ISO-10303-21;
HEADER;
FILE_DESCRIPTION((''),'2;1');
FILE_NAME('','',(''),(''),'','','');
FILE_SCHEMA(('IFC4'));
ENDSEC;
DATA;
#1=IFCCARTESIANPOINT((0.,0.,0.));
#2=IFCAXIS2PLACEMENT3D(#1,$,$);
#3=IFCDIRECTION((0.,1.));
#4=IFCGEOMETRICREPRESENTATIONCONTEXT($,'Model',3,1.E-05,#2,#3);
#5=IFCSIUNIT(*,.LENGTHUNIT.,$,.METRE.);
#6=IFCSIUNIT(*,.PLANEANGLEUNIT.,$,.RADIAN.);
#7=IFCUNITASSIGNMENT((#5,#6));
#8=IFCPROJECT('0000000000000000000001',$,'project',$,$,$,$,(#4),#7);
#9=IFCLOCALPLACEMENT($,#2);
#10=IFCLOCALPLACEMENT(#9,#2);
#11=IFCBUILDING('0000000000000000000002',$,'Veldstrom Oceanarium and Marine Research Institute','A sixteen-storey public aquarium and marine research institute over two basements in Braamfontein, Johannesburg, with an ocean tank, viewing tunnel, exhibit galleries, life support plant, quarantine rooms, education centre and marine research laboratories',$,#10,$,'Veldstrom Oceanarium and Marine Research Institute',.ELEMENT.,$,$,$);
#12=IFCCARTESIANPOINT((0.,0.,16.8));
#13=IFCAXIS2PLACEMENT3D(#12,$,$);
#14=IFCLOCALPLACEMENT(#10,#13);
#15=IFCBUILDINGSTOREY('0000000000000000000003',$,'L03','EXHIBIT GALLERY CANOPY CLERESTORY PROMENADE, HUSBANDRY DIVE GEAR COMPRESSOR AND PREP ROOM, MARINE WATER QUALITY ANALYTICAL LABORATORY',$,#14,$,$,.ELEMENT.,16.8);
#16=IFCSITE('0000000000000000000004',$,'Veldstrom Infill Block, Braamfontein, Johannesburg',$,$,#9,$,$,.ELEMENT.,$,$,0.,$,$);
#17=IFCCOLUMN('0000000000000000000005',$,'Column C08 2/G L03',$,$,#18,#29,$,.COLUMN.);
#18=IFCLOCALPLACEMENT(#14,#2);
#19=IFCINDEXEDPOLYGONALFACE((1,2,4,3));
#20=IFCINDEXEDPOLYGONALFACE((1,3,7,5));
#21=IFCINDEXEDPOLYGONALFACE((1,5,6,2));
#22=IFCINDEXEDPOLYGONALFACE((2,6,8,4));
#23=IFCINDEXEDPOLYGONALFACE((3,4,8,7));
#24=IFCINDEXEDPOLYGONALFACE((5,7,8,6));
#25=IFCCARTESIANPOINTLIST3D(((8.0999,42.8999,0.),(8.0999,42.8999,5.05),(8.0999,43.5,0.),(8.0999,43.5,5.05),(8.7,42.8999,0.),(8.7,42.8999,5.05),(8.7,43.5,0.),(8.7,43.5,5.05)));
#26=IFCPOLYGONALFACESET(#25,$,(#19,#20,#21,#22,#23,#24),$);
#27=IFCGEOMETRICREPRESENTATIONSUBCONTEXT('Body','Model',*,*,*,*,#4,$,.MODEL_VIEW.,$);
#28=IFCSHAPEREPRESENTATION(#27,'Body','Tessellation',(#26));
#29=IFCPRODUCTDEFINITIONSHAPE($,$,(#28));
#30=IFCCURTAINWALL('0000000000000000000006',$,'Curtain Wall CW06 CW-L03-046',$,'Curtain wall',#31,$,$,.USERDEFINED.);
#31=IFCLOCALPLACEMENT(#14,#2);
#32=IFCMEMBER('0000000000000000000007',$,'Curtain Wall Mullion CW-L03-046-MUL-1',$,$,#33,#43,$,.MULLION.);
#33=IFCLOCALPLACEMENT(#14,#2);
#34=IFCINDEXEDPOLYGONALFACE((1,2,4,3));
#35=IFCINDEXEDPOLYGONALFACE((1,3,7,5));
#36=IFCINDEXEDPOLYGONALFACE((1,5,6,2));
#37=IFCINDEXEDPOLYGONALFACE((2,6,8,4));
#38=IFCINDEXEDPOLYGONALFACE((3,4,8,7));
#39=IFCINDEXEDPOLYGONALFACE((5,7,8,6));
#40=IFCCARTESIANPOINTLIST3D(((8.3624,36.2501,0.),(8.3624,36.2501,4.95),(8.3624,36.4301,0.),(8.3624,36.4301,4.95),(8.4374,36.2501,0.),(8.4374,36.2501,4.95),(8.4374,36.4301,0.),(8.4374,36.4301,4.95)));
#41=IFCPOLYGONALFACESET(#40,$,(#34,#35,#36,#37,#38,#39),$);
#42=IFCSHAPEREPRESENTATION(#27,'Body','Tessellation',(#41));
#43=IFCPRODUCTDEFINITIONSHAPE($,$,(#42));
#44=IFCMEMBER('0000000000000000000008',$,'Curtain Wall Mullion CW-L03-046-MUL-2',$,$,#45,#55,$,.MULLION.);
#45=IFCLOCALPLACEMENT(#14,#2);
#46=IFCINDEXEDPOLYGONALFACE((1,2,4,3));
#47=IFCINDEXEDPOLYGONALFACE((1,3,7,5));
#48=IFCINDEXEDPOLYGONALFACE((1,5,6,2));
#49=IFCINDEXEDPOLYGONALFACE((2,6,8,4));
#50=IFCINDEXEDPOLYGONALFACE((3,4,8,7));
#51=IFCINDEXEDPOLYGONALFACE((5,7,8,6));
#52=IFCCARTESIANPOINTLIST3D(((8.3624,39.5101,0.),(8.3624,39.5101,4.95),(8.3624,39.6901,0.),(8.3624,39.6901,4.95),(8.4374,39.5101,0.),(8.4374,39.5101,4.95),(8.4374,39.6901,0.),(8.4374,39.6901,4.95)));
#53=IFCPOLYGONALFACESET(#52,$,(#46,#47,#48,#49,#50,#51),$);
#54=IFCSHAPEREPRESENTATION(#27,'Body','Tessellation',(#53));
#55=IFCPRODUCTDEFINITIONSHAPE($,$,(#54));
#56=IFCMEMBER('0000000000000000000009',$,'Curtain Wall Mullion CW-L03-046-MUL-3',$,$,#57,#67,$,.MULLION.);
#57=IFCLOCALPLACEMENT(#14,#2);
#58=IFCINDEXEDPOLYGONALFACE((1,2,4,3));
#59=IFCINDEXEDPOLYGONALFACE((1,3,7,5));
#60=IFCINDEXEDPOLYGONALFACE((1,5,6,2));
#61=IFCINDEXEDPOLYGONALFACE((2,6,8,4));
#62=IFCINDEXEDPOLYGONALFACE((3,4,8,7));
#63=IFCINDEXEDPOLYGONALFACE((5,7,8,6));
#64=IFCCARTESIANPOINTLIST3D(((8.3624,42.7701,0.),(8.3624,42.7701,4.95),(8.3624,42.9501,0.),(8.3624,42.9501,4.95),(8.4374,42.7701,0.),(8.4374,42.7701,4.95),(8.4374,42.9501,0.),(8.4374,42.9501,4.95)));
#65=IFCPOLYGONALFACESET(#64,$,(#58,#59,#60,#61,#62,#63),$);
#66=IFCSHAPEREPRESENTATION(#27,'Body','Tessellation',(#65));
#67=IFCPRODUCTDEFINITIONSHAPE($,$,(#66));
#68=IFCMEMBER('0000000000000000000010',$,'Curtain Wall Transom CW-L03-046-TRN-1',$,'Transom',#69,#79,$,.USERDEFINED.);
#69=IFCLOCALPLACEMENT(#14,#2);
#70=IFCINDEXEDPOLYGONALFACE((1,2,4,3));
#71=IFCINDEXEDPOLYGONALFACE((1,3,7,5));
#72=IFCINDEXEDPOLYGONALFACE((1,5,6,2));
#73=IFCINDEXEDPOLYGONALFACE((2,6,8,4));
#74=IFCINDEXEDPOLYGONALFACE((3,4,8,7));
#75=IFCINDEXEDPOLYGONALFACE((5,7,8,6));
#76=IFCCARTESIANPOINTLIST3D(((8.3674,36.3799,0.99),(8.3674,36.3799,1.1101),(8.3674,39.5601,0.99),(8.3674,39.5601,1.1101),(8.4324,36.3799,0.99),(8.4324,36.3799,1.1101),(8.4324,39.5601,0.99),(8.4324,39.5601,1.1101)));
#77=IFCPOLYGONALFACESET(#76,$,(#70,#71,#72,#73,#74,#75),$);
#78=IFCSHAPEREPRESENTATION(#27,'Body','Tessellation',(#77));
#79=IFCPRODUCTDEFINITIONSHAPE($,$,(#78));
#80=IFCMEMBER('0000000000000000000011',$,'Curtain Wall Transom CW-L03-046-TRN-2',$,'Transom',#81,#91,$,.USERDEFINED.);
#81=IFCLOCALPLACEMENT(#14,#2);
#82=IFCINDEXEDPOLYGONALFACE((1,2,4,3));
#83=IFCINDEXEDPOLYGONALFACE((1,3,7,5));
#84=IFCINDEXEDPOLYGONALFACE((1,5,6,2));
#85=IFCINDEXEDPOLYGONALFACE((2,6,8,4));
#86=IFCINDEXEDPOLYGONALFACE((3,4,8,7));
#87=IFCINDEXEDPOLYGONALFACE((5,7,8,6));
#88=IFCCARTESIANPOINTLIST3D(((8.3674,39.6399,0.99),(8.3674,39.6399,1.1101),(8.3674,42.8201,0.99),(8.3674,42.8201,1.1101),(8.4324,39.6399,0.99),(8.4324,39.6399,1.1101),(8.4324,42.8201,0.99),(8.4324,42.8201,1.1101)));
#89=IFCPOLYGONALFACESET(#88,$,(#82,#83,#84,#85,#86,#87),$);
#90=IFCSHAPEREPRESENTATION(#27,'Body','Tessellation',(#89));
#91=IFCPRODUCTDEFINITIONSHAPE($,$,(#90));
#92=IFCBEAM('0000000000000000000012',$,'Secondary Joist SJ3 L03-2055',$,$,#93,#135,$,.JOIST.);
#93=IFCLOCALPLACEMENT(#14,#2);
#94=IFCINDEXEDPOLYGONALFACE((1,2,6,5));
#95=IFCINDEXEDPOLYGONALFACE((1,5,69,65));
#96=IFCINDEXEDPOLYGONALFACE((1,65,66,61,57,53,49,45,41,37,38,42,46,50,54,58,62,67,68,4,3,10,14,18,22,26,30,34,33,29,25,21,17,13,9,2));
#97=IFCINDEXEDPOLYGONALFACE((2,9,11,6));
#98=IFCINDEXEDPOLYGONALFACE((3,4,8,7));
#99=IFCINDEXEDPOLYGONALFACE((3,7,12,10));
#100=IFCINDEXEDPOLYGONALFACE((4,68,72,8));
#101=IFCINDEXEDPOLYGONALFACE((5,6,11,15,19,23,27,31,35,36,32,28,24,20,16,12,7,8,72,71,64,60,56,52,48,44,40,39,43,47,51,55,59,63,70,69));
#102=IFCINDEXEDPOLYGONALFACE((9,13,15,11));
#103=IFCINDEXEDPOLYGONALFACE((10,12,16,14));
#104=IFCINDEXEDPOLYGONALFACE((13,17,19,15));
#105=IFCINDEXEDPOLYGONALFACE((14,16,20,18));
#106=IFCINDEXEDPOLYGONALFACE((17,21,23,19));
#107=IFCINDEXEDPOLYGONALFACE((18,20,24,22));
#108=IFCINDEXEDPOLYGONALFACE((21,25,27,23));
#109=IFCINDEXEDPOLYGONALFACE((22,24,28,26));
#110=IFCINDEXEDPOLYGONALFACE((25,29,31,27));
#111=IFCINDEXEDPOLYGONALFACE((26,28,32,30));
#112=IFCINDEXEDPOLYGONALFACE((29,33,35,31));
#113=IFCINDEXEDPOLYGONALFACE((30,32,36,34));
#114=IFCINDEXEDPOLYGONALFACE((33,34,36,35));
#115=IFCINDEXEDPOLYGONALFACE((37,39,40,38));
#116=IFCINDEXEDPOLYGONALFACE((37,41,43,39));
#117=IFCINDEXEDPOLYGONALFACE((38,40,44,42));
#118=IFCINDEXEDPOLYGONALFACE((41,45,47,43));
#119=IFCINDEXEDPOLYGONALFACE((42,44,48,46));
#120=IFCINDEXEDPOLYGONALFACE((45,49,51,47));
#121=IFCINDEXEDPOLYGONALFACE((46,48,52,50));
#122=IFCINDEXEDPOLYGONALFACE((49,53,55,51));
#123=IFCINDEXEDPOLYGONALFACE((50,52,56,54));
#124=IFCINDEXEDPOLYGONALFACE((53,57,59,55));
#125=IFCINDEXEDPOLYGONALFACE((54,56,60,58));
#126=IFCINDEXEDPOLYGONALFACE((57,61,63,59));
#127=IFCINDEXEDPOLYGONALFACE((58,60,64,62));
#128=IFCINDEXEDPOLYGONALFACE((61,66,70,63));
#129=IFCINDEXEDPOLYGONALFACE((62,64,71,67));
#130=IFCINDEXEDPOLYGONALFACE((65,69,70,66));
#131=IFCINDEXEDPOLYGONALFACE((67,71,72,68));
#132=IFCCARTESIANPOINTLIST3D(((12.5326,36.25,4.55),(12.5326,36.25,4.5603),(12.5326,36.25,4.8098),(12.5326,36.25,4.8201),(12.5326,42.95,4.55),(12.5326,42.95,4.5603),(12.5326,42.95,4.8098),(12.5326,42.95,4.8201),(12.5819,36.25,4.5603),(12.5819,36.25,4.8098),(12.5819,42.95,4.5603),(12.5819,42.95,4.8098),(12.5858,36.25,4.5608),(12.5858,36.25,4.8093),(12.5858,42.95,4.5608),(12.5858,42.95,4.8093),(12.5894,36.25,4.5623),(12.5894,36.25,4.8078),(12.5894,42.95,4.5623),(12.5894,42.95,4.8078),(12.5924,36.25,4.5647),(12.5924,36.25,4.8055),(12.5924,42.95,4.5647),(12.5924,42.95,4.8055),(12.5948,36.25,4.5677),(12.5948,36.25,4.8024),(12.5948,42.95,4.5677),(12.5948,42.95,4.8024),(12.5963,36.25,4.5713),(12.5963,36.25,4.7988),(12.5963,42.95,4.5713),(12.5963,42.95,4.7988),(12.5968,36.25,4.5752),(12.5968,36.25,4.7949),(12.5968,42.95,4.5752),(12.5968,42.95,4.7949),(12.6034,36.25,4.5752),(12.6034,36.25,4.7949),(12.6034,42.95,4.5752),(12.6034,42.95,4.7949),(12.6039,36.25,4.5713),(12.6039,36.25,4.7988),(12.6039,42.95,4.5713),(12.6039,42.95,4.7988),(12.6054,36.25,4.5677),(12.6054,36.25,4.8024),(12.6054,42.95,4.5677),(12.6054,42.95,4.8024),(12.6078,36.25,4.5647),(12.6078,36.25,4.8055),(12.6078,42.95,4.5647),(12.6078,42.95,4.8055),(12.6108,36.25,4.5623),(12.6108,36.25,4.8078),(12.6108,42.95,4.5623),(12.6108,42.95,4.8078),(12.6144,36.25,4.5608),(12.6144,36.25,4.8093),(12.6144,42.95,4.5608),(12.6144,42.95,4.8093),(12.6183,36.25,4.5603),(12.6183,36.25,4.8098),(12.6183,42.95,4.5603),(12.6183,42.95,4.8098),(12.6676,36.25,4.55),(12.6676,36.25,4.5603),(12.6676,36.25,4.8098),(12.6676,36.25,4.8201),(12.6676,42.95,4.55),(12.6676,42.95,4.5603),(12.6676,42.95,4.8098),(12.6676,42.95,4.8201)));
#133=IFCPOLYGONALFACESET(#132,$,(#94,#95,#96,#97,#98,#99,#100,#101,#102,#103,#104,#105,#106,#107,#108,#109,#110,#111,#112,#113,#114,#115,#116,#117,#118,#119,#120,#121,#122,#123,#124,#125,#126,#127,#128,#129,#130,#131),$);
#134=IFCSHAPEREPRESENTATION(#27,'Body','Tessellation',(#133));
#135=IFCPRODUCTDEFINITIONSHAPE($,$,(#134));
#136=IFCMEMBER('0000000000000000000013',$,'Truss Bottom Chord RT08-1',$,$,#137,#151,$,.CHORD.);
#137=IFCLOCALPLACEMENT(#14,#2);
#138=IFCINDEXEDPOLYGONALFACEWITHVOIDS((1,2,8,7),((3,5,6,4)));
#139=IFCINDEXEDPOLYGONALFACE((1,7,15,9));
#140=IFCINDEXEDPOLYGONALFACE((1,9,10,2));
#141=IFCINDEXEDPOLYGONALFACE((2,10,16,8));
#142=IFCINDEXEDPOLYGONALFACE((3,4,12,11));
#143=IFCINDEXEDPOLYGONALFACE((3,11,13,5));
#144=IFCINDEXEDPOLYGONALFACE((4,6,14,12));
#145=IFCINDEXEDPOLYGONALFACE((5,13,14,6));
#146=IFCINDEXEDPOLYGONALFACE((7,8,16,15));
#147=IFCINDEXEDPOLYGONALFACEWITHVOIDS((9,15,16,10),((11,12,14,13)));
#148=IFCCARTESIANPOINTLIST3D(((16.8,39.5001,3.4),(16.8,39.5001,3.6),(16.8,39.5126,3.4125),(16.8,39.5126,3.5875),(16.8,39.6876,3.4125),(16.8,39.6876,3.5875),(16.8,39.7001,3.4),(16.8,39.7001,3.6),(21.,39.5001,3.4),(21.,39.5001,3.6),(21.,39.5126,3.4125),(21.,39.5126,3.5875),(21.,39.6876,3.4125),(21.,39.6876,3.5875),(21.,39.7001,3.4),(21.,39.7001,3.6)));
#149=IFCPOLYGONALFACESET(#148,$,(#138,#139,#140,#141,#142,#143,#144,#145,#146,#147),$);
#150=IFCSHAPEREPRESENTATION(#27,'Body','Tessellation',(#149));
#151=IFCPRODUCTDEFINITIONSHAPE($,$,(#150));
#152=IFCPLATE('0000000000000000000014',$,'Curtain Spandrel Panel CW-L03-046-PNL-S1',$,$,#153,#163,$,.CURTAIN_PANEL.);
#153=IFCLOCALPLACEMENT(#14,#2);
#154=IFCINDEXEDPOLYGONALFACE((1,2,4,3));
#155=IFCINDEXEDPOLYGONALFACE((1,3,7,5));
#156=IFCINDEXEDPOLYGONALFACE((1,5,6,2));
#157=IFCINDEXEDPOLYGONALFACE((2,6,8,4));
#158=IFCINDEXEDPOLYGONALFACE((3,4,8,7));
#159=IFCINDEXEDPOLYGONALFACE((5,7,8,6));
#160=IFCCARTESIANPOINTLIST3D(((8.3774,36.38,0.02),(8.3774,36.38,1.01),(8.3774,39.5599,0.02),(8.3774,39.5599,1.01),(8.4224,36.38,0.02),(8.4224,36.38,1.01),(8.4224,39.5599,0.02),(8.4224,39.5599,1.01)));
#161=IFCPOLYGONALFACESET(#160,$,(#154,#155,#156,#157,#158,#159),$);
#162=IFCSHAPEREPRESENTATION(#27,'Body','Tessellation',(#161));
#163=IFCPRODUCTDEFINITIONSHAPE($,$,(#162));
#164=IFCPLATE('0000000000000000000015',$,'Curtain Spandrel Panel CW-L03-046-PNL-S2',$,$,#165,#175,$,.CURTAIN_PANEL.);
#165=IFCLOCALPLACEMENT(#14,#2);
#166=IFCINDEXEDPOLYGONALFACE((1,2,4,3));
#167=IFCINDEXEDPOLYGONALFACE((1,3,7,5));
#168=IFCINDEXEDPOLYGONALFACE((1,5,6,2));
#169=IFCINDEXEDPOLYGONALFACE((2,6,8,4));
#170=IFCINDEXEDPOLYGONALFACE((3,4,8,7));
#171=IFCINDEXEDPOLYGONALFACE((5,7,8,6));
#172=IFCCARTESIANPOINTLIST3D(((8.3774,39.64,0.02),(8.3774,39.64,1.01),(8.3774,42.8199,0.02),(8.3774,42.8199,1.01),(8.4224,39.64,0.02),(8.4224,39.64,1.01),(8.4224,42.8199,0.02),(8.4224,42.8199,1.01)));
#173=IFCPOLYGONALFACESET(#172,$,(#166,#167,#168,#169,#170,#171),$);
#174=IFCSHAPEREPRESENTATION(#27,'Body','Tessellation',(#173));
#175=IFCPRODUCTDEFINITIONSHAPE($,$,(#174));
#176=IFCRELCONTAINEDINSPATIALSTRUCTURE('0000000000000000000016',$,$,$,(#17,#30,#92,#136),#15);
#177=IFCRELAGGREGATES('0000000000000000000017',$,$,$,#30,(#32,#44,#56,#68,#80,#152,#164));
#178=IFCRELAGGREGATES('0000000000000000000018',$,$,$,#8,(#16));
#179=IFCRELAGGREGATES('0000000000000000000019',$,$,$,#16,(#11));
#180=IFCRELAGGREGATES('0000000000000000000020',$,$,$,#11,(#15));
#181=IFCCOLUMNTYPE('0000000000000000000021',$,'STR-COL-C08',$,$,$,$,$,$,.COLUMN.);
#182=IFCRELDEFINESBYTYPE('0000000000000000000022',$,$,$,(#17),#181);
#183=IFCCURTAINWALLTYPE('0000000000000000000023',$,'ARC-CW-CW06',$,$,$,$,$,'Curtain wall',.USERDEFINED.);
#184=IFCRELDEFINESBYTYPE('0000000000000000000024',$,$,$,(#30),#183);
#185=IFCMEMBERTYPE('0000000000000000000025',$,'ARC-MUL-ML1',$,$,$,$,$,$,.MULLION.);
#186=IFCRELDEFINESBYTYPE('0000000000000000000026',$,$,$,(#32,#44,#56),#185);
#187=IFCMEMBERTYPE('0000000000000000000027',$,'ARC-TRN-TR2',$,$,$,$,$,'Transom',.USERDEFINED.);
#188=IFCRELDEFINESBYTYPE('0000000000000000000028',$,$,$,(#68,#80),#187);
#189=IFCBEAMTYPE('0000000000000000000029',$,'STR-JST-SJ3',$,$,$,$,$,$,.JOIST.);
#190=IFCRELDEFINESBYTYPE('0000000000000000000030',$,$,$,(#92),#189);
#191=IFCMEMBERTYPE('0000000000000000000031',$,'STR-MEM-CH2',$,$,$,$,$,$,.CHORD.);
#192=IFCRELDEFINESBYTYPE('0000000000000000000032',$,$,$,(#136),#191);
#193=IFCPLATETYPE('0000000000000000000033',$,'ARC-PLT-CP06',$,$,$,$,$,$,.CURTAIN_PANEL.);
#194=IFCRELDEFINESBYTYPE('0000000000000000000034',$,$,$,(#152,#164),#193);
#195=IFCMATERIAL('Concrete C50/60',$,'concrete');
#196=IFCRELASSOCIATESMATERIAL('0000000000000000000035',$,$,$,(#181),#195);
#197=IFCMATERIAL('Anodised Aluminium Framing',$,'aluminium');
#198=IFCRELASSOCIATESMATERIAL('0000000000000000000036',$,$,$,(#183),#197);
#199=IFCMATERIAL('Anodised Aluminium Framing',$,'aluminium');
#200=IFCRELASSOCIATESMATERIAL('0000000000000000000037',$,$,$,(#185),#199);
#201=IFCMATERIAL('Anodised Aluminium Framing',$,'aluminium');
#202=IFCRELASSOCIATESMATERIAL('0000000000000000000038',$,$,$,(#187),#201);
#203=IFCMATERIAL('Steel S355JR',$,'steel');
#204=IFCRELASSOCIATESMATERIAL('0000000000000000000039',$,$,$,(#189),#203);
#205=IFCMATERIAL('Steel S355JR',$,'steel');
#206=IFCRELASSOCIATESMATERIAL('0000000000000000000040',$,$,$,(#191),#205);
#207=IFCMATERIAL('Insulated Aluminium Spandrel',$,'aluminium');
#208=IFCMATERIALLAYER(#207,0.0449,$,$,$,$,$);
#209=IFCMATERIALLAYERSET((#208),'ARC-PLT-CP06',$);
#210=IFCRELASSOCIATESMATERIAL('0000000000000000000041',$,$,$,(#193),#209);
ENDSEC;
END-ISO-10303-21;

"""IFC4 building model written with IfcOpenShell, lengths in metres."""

from ifc_helpers import new_model, si_unit, direction, frame, origin, origin_2d, place, context, subcontext, project, spatial, rectangle, hollow_rectangle, i_section, extrude, material, layer, layer_set, material_profile, profile_set, type_object, element, aggregate, save


model = new_model("IFC4")

# Units and contexts
model_context = context("Model", 3, precision=1e-05, world=origin(), true_north=direction((0.0, 1.0)))
body_context = subcontext(model_context, "Body", "Model", "MODEL_VIEW")
ifc_project = project(units=[si_unit("LENGTHUNIT", "METRE"), si_unit("PLANEANGLEUNIT", "RADIAN")], contexts=[model_context])

# Site, building, storey
site_placement = place(None, origin())
site = spatial("IfcSite", under=ifc_project, at=site_placement, Name="Veldstrom Infill Block, Braamfontein, Johannesburg", CompositionType="ELEMENT", RefElevation=0.0)
building_placement = place(site_placement, origin())
building = spatial("IfcBuilding", under=site, at=building_placement, Name="Veldstrom Oceanarium and Marine Research Institute", Description="A sixteen-storey public aquarium and marine research institute over two basements in Braamfontein, Johannesburg, with an ocean tank, viewing tunnel, exhibit galleries, life support plant, quarantine rooms, education centre and marine research laboratories", LongName="Veldstrom Oceanarium and Marine Research Institute", CompositionType="ELEMENT")
storey_placement = place(building_placement, frame((0.0, 0.0, 16.8)))
storey = spatial("IfcBuildingStorey", under=building, at=storey_placement, Name="L03", Description="EXHIBIT GALLERY CANOPY CLERESTORY PROMENADE, HUSBANDRY DIVE GEAR COMPRESSOR AND PREP ROOM, MARINE WATER QUALITY ANALYTICAL LABORATORY", CompositionType="ELEMENT", Elevation=16.8)

# Column
ifc_material_1 = material(Name="Concrete C50/60", Category="concrete")
ifc_material_profile_1 = material_profile(ifc_material_1, rectangle(XDim=0.6001, YDim=0.6001, at=origin_2d()), Name="RC-COL-600x600")
ifc_profile_set_1 = profile_set([ifc_material_profile_1], Name="Concrete C50/60")
column_type = type_object("IfcColumnType", Name="STR-COL-C08", PredefinedType="COLUMN", material=ifc_profile_set_1)
column_placement = place(storey_placement, frame((8.3999, 43.2, 0.0), z_axis=(0.0, 0.0, 1.0), x_axis=(1.0, 0.0, 0.0)))
element("IfcColumn", 1, at=column_placement, inside=storey, type_object=column_type, Name="Column C08 2/G L03", PredefinedType="COLUMN", context=body_context, shape_type="SweptSolid", body=[
    extrude(rectangle(XDim=0.6001, YDim=0.6001, at=origin_2d()), origin(), (0.0, 0.0, 1.0), 5.05),
])

# Curtain wall, members
ifc_material_2 = material(Name="Anodised Aluminium Framing", Category="aluminium")
curtain_wall_type = type_object("IfcCurtainWallType", Name="ARC-CW-CW06", ElementType="Curtain wall", PredefinedType="USERDEFINED", material=ifc_material_2)
curtain_wall_placement = place(storey_placement, origin())
curtain_wall = element("IfcCurtainWall", 2, at=curtain_wall_placement, inside=storey, type_object=curtain_wall_type, Name="Curtain Wall CW06 CW-L03-046", ObjectType="Curtain wall", PredefinedType="USERDEFINED")
ifc_material_3 = material(Name="Anodised Aluminium Framing", Category="aluminium")
ifc_material_profile_2 = material_profile(ifc_material_3, rectangle(XDim=0.075, YDim=0.1799, at=origin_2d()), Name="ALU-MUL-75x180")
ifc_profile_set_2 = profile_set([ifc_material_profile_2], Name="Anodised Aluminium Framing")
member_type_1 = type_object("IfcMemberType", Name="ARC-MUL-ML1", PredefinedType="MULLION", material=ifc_profile_set_2)
member_1_placement = place(storey_placement, frame((8.3999, 36.3401, 0.0), z_axis=(0.0, 0.0, 1.0), x_axis=(1.0, 0.0, 0.0)))
member_1 = element("IfcMember", 3, at=member_1_placement, type_object=member_type_1, Name="Curtain Wall Mullion CW-L03-046-MUL-1", PredefinedType="MULLION", context=body_context, shape_type="SweptSolid", body=[
    extrude(rectangle(XDim=0.075, YDim=0.1799, at=origin_2d()), origin(), (0.0, 0.0, 1.0), 4.95),
])
member_2_placement = place(storey_placement, frame((8.3999, 39.6001, 0.0), z_axis=(0.0, 0.0, 1.0), x_axis=(1.0, 0.0, 0.0)))
member_2 = element("IfcMember", 4, at=member_2_placement, type_object=member_type_1, Name="Curtain Wall Mullion CW-L03-046-MUL-2", PredefinedType="MULLION", context=body_context, shape_type="SweptSolid", body=[
    extrude(rectangle(XDim=0.075, YDim=0.1799, at=origin_2d()), origin(), (0.0, 0.0, 1.0), 4.95),
])
member_3_placement = place(storey_placement, frame((8.3999, 42.8601, 0.0), z_axis=(0.0, 0.0, 1.0), x_axis=(1.0, 0.0, 0.0)))
member_3 = element("IfcMember", 5, at=member_3_placement, type_object=member_type_1, Name="Curtain Wall Mullion CW-L03-046-MUL-3", PredefinedType="MULLION", context=body_context, shape_type="SweptSolid", body=[
    extrude(rectangle(XDim=0.075, YDim=0.1799, at=origin_2d()), origin(), (0.0, 0.0, 1.0), 4.95),
])
ifc_material_4 = material(Name="Anodised Aluminium Framing", Category="aluminium")
ifc_material_profile_3 = material_profile(ifc_material_4, rectangle(XDim=0.0649, YDim=0.1201, at=origin_2d()), Name="ALU-TRN-65x120")
ifc_profile_set_3 = profile_set([ifc_material_profile_3], Name="Anodised Aluminium Framing")
member_type_2 = type_object("IfcMemberType", Name="ARC-TRN-TR2", ElementType="Transom", PredefinedType="USERDEFINED", material=ifc_profile_set_3)
member_4_placement = place(storey_placement, frame((8.3999, 36.3799, 1.05), z_axis=(0.0, 1.0, 0.0), x_axis=(-1.0, 0.0, 0.0)))
member_4 = element("IfcMember", 6, at=member_4_placement, type_object=member_type_2, Name="Curtain Wall Transom CW-L03-046-TRN-1", ObjectType="Transom", PredefinedType="USERDEFINED", context=body_context, shape_type="SweptSolid", body=[
    extrude(rectangle(XDim=0.0649, YDim=0.1201, at=origin_2d()), origin(), (0.0, 0.0, 1.0), 3.1802),
])
member_5_placement = place(storey_placement, frame((8.3999, 39.6399, 1.05), z_axis=(0.0, 1.0, 0.0), x_axis=(-1.0, 0.0, 0.0)))
member_5 = element("IfcMember", 7, at=member_5_placement, type_object=member_type_2, Name="Curtain Wall Transom CW-L03-046-TRN-2", ObjectType="Transom", PredefinedType="USERDEFINED", context=body_context, shape_type="SweptSolid", body=[
    extrude(rectangle(XDim=0.0649, YDim=0.1201, at=origin_2d()), origin(), (0.0, 0.0, 1.0), 3.1802),
])

# Beam
ifc_material_5 = material(Name="Steel S355JR", Category="steel")
ifc_material_profile_4 = material_profile(ifc_material_5, i_section(OverallWidth=0.135, OverallDepth=0.27, WebThickness=0.0066, FlangeThickness=0.0103, FilletRadius=0.0149, at=origin_2d()), Name="IPE 270")
ifc_profile_set_4 = profile_set([ifc_material_profile_4], Name="Steel S355JR")
beam_type = type_object("IfcBeamType", Name="STR-JST-SJ3", PredefinedType="JOIST", material=ifc_profile_set_4)
beam_placement = place(storey_placement, frame((12.6001, 36.25, 4.6851), z_axis=(0.0, 1.0, 0.0), x_axis=(-1.0, 0.0, 0.0)))
element("IfcBeam", 8, at=beam_placement, inside=storey, type_object=beam_type, Name="Secondary Joist SJ3 L03-2055", PredefinedType="JOIST", context=body_context, shape_type="SweptSolid", body=[
    extrude(i_section(OverallWidth=0.135, OverallDepth=0.27, WebThickness=0.0066, FlangeThickness=0.0103, FilletRadius=0.0149, at=origin_2d()), origin(), (0.0, 0.0, 1.0), 6.7),
])

# Member
ifc_material_6 = material(Name="Steel S355JR", Category="steel")
ifc_material_profile_5 = material_profile(ifc_material_6, hollow_rectangle(XDim=0.2, YDim=0.2, WallThickness=0.0125, at=origin_2d()), Name="SHS 200x200x12.5")
ifc_profile_set_5 = profile_set([ifc_material_profile_5], Name="Steel S355JR")
member_type_3 = type_object("IfcMemberType", Name="STR-MEM-CH2", PredefinedType="CHORD", material=ifc_profile_set_5)
member_6_placement = place(storey_placement, frame((16.8, 39.6001, 3.5), z_axis=(1.0, 0.0, 0.0), x_axis=(0.0, 1.0, 0.0)))
element("IfcMember", 9, at=member_6_placement, inside=storey, type_object=member_type_3, Name="Truss Bottom Chord RT08-1", PredefinedType="CHORD", context=body_context, shape_type="SweptSolid", body=[
    extrude(hollow_rectangle(XDim=0.2, YDim=0.2, WallThickness=0.0125, at=origin_2d()), origin(), (0.0, 0.0, 1.0), 4.2),
])

# Plates
ifc_material_7 = material(Name="Insulated Aluminium Spandrel", Category="aluminium")
ifc_layer_1 = layer(ifc_material_7, 0.0449)
ifc_layer_set_1 = layer_set([ifc_layer_1], Name="ARC-PLT-CP06")
plate_type_1 = type_object("IfcPlateType", Name="ARC-PLT-CP06", PredefinedType="CURTAIN_PANEL", material=ifc_layer_set_1)
plate_1_placement = place(storey_placement, frame((8.3999, 37.97, 0.02), z_axis=(0.0, 0.0, 1.0), x_axis=(0.0, 1.0, 0.0)))
plate_1 = element("IfcPlate", 10, at=plate_1_placement, type_object=plate_type_1, Name="Curtain Spandrel Panel CW-L03-046-PNL-S1", PredefinedType="CURTAIN_PANEL", context=body_context, shape_type="SweptSolid", body=[
    extrude(rectangle(XDim=3.1799, YDim=0.0449, at=origin_2d()), origin(), (0.0, 0.0, 1.0), 0.99),
])
plate_2_placement = place(storey_placement, frame((8.3999, 41.23, 0.02), z_axis=(0.0, 0.0, 1.0), x_axis=(0.0, 1.0, 0.0)))
plate_2 = element("IfcPlate", 11, at=plate_2_placement, type_object=plate_type_1, Name="Curtain Spandrel Panel CW-L03-046-PNL-S2", PredefinedType="CURTAIN_PANEL", context=body_context, shape_type="SweptSolid", body=[
    extrude(rectangle(XDim=3.1799, YDim=0.0449, at=origin_2d()), origin(), (0.0, 0.0, 1.0), 0.99),
])
aggregate(curtain_wall, [member_1, member_2, member_3, member_4, member_5, plate_1, plate_2])

save(model, "model.ifc")
